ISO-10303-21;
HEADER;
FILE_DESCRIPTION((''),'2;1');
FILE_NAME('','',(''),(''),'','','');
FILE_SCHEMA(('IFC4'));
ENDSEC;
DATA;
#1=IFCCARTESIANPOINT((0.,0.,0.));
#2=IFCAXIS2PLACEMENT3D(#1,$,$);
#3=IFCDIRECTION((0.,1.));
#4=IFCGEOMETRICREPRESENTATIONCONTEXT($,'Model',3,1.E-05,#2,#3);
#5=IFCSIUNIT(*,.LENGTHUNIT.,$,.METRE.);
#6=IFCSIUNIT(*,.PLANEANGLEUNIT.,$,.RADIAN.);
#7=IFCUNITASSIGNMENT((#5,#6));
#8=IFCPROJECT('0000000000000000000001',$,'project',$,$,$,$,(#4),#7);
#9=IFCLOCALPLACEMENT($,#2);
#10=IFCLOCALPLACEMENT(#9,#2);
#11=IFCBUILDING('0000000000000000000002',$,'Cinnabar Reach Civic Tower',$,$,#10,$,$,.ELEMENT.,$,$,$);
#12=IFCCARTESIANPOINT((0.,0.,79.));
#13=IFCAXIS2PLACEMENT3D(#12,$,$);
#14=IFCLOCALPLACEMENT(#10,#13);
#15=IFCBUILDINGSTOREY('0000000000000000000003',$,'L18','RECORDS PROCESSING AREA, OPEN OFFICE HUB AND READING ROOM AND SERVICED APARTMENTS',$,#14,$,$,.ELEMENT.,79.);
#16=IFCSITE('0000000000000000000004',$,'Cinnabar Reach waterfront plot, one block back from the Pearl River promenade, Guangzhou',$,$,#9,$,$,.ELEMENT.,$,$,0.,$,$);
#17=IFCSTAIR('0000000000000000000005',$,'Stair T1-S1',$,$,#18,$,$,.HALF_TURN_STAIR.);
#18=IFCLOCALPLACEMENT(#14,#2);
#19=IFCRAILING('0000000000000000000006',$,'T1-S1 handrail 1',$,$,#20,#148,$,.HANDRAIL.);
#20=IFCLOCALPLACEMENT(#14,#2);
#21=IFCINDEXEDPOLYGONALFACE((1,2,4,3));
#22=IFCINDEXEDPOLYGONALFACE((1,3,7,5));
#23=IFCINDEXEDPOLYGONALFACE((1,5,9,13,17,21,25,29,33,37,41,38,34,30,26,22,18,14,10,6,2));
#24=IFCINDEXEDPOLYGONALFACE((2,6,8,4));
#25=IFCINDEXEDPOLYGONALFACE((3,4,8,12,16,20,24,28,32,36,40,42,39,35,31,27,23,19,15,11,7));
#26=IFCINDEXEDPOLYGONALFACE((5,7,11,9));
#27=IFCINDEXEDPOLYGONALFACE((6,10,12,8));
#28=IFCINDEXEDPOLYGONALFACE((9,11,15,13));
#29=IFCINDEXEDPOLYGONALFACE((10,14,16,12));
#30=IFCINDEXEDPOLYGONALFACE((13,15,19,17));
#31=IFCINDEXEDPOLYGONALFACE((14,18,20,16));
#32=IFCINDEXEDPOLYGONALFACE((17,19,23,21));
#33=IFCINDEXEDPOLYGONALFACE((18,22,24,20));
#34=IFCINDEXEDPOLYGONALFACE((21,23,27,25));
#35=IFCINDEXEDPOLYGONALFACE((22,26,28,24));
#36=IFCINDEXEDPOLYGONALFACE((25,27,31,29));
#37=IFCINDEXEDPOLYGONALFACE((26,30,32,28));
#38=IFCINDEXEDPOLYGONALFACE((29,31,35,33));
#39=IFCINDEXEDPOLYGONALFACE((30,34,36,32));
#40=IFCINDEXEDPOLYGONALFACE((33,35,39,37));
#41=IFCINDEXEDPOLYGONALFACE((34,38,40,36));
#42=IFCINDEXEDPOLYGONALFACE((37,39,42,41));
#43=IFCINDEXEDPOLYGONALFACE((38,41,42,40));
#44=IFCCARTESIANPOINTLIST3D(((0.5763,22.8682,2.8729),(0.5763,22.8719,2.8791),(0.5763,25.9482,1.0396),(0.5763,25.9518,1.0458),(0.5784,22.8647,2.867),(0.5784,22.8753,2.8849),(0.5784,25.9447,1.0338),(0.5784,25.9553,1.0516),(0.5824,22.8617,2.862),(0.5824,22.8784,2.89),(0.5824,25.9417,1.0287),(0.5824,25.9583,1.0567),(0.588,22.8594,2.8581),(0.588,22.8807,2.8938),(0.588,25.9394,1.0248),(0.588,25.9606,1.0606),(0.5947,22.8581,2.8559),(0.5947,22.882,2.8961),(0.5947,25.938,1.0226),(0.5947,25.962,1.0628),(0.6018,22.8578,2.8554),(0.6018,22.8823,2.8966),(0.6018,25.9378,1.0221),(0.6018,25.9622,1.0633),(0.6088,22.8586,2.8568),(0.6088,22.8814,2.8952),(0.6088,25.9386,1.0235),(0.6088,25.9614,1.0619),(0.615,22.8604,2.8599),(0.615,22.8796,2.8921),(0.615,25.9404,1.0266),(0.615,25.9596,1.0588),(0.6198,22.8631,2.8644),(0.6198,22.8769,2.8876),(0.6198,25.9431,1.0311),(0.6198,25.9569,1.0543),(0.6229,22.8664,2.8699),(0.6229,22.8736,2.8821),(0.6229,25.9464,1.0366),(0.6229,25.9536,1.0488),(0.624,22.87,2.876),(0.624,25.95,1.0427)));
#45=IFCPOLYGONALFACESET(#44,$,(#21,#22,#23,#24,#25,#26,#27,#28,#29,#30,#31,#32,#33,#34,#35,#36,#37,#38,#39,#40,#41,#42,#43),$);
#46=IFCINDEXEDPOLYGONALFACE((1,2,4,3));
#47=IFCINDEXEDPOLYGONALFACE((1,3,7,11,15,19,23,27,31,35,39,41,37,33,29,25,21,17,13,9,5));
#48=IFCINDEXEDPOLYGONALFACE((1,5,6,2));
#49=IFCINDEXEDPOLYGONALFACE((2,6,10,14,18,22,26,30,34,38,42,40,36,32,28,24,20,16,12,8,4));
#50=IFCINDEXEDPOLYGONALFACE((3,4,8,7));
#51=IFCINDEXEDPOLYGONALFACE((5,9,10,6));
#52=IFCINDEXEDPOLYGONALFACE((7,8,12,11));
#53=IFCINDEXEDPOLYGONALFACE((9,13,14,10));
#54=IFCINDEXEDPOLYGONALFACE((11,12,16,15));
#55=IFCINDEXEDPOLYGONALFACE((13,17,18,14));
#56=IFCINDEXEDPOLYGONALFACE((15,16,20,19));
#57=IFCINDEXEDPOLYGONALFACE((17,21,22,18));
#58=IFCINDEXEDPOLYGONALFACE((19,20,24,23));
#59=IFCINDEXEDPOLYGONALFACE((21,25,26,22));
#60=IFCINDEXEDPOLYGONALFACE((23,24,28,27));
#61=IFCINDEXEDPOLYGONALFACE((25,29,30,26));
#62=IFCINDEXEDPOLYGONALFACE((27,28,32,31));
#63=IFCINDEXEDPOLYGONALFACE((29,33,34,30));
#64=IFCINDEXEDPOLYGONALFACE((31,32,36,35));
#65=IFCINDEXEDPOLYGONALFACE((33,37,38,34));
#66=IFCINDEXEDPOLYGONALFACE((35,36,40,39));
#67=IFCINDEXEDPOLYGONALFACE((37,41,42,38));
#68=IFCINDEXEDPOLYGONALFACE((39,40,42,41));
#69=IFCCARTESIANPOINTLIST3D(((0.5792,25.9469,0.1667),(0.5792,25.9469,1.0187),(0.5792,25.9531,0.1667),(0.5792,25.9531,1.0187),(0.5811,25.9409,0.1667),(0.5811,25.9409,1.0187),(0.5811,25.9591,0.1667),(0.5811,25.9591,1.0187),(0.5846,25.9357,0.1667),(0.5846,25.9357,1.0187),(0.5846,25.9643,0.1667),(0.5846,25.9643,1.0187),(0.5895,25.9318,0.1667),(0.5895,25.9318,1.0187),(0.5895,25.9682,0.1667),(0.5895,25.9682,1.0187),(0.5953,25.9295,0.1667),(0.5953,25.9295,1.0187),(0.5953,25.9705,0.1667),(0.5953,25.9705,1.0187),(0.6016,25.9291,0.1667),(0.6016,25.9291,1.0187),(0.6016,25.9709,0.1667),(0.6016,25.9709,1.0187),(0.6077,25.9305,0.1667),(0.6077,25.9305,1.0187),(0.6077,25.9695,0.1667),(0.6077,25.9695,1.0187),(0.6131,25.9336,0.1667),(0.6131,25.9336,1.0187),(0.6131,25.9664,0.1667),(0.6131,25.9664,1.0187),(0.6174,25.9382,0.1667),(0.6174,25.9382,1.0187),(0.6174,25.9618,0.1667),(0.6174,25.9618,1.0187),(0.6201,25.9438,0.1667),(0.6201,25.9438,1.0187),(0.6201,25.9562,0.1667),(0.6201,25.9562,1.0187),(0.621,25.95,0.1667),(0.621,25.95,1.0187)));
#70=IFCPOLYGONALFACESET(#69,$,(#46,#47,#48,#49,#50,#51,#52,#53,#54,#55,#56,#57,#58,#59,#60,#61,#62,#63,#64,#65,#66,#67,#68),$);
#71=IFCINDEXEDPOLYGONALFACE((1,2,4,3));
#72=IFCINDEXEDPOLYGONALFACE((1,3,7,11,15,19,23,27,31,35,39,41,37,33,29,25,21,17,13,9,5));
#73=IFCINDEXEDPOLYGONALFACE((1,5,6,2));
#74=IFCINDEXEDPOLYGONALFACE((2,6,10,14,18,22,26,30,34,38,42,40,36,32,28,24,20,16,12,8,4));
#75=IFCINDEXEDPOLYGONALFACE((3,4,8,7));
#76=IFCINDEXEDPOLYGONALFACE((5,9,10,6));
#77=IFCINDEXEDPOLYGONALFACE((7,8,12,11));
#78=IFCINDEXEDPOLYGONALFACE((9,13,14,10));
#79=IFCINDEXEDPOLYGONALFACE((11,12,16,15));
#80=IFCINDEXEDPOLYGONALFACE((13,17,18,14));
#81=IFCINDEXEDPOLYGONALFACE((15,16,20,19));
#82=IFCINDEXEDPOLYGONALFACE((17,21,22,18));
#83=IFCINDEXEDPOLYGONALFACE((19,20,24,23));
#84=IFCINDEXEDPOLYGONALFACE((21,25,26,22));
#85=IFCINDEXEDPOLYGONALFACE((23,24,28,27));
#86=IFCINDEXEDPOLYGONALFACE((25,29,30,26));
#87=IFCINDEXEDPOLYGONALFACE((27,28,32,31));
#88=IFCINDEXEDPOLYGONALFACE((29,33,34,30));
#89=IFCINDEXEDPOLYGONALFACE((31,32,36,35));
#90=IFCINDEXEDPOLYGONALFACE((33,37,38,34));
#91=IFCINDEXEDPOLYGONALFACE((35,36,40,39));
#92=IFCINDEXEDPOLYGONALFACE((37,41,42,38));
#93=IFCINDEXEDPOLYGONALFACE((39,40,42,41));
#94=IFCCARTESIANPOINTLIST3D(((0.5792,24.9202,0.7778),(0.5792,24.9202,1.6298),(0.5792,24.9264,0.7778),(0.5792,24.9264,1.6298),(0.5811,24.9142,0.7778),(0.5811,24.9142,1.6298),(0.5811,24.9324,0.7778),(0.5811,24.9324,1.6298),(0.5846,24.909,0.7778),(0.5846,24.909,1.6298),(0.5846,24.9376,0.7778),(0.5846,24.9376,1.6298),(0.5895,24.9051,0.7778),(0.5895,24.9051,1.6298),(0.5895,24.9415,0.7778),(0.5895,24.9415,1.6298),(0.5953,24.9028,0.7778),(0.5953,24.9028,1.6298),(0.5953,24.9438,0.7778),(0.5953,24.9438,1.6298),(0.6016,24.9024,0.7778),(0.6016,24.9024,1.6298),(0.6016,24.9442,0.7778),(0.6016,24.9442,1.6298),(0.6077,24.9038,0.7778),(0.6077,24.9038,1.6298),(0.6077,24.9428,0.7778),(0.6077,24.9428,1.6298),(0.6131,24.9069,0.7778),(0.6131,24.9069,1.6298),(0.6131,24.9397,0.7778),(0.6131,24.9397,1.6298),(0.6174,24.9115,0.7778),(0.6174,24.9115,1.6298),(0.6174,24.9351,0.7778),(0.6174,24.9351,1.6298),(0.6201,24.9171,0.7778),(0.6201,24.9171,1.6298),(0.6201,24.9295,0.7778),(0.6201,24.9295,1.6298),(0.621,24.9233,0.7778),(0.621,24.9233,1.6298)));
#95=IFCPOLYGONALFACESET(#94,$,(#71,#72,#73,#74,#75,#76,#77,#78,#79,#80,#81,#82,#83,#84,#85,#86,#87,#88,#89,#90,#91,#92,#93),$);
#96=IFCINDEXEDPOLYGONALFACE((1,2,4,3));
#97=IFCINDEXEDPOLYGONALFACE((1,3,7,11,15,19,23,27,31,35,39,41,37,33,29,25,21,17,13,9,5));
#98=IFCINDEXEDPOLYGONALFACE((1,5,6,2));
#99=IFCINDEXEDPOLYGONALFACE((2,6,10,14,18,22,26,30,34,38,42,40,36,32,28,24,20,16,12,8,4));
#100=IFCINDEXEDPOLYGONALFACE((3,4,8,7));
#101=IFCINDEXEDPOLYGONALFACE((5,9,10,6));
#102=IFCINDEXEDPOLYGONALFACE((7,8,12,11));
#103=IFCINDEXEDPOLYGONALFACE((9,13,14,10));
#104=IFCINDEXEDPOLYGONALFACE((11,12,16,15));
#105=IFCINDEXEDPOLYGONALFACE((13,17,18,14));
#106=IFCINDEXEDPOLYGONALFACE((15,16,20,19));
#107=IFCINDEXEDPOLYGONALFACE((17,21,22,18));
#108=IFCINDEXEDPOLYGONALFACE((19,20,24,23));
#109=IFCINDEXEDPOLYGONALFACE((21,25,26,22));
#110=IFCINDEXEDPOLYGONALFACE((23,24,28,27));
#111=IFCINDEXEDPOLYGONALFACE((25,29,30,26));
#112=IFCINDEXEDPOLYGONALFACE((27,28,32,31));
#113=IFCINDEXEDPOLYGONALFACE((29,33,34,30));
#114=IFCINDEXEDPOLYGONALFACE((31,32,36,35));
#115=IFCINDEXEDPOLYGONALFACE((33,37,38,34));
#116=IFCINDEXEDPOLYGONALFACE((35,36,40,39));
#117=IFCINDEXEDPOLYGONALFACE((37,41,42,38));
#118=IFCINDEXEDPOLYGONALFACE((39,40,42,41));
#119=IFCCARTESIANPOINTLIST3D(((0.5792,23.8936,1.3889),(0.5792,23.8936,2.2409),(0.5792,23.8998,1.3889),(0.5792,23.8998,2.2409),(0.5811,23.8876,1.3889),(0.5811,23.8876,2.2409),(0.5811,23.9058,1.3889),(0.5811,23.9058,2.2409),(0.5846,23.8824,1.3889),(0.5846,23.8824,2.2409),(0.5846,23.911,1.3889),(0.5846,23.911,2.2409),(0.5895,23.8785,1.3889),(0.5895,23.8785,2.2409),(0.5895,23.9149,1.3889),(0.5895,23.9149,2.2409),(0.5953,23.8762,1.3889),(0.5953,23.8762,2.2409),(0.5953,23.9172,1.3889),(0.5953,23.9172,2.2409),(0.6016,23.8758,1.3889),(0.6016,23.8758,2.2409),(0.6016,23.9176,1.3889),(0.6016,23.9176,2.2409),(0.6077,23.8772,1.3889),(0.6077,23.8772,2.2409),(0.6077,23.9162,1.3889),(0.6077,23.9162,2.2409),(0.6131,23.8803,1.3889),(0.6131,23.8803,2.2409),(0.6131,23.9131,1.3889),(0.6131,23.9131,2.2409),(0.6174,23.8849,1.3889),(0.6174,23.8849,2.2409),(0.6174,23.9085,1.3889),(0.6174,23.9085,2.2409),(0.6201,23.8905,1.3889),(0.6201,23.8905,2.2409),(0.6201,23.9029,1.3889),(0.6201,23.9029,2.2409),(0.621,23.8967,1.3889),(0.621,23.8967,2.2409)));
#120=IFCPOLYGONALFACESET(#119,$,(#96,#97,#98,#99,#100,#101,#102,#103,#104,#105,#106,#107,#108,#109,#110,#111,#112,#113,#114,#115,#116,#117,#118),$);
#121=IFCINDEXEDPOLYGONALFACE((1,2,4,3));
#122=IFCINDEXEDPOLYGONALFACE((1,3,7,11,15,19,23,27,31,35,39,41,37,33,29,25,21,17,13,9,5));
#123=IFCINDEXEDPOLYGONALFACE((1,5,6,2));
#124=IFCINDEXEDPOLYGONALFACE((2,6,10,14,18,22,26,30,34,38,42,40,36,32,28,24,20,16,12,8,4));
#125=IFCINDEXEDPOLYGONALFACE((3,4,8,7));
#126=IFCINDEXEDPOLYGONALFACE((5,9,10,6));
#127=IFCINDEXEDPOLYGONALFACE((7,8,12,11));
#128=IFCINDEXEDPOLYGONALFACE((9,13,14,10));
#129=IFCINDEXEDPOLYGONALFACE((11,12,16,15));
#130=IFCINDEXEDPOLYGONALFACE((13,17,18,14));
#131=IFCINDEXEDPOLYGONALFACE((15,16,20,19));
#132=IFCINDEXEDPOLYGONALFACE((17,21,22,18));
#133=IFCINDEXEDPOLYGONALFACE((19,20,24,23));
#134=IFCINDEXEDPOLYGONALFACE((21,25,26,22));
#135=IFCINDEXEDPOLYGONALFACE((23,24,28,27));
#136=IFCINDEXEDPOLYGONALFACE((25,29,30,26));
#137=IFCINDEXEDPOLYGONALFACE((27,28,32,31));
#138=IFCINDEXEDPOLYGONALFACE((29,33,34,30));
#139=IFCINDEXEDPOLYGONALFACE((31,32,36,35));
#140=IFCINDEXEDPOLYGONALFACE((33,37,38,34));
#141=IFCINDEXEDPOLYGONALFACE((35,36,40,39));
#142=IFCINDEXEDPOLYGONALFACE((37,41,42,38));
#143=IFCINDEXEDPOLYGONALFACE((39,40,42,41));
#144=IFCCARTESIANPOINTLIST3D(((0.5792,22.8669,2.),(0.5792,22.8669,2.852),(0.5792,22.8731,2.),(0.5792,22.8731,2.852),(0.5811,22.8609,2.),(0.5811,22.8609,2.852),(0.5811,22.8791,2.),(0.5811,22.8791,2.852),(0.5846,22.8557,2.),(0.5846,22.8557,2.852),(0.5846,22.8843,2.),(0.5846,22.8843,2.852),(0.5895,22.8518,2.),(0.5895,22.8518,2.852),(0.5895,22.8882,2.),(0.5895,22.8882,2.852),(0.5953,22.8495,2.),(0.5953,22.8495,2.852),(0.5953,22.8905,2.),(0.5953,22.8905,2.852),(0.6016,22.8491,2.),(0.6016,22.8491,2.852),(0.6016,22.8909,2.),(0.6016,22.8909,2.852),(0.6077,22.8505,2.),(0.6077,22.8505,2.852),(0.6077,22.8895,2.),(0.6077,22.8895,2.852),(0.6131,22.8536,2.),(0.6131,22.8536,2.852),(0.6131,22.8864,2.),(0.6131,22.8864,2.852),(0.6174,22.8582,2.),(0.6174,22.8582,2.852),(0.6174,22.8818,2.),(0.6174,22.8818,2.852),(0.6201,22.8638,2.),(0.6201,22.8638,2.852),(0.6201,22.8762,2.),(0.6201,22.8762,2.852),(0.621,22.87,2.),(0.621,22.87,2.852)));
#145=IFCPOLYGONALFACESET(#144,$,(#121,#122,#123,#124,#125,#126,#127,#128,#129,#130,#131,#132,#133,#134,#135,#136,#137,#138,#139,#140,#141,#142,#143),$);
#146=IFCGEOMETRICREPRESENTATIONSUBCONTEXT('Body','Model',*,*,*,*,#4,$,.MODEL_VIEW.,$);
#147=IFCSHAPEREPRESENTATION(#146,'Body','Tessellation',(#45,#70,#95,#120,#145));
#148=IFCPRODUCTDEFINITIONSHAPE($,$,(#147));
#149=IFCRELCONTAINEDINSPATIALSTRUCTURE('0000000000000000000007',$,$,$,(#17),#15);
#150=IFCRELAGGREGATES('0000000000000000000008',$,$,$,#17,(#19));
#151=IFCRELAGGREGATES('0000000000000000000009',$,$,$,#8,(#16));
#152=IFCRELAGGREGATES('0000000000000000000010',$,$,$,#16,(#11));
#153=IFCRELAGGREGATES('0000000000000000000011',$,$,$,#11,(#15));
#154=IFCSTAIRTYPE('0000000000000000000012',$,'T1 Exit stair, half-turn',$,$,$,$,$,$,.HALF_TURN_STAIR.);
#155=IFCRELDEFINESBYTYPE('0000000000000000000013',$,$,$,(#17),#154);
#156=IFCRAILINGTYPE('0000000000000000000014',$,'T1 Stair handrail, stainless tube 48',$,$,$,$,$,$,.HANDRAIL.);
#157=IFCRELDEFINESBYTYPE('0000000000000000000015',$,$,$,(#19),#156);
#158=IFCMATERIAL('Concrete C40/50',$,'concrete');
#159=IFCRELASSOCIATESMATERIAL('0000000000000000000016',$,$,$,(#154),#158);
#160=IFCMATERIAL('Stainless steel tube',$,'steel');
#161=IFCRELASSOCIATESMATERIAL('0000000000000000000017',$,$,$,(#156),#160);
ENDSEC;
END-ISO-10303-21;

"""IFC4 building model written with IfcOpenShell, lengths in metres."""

from ifc_helpers import new_model, si_unit, direction, frame, origin, origin_2d, place, context, subcontext, project, spatial, circle, extrude, material, type_object, element, aggregate, save


model = new_model("IFC4")

# Units and contexts
model_context = context("Model", 3, precision=1e-05, world=origin(), true_north=direction((0.0, 1.0)))
body_context = subcontext(model_context, "Body", "Model", "MODEL_VIEW")
ifc_project = project(units=[si_unit("LENGTHUNIT", "METRE"), si_unit("PLANEANGLEUNIT", "RADIAN")], contexts=[model_context])

# Site, building, storey
site_placement = place(None, origin())
site = spatial("IfcSite", under=ifc_project, at=site_placement, Name="Cinnabar Reach waterfront plot, one block back from the Pearl River promenade, Guangzhou", CompositionType="ELEMENT", RefElevation=0.0)
building_placement = place(site_placement, origin())
building = spatial("IfcBuilding", under=site, at=building_placement, Name="Cinnabar Reach Civic Tower", CompositionType="ELEMENT")
storey_placement = place(building_placement, frame((0.0, 0.0, 79.0)))
storey = spatial("IfcBuildingStorey", under=building, at=storey_placement, Name="L18", Description="RECORDS PROCESSING AREA, OPEN OFFICE HUB AND READING ROOM AND SERVICED APARTMENTS", CompositionType="ELEMENT", Elevation=79.0)

# Shared definitions
ifc_material_1 = material(Name="Concrete C40/50", Category="concrete")

# Stair, railing
stair_type_1 = type_object("IfcStairType", Name="T1 Exit stair, half-turn", PredefinedType="HALF_TURN_STAIR", material=ifc_material_1)
stair_1_placement = place(storey_placement, origin())
stair_1 = element("IfcStair", 1, at=stair_1_placement, inside=storey, type_object=stair_type_1, Name="Stair T1-S1", PredefinedType="HALF_TURN_STAIR")
ifc_material_2 = material(Name="Stainless steel tube", Category="steel")
railing_type_1 = type_object("IfcRailingType", Name="T1 Stair handrail, stainless tube 48", PredefinedType="HANDRAIL", material=ifc_material_2)
railing_1_placement = place(storey_placement, frame((0.6, 25.95, 0.1667)))
railing_1 = element("IfcRailing", 2, at=railing_1_placement, type_object=railing_type_1, Name="T1-S1 handrail 1", PredefinedType="HANDRAIL", context=body_context, shape_type="SweptSolid", body=[
    extrude(circle(Radius=0.024, at=origin_2d()), frame((0.0, 0.0, 0.876), z_axis=(0.0, -0.859297, 0.511477), x_axis=(1.0, 0.0, 0.0)), (0.0, 0.0, 1.0), 3.5843),
    extrude(circle(Radius=0.021, at=origin_2d()), origin(), (0.0, 0.0, 1.0), 0.852),
    extrude(circle(Radius=0.021, at=origin_2d()), frame((0.0, -1.0267, 0.6111)), (0.0, 0.0, 1.0), 0.852),
    extrude(circle(Radius=0.021, at=origin_2d()), frame((0.0, -2.0533, 1.2222)), (0.0, 0.0, 1.0), 0.852),
    extrude(circle(Radius=0.021, at=origin_2d()), frame((0.0, -3.08, 1.8333)), (0.0, 0.0, 1.0), 0.852),
])
aggregate(stair_1, [railing_1])

save(model, "model.ifc")
